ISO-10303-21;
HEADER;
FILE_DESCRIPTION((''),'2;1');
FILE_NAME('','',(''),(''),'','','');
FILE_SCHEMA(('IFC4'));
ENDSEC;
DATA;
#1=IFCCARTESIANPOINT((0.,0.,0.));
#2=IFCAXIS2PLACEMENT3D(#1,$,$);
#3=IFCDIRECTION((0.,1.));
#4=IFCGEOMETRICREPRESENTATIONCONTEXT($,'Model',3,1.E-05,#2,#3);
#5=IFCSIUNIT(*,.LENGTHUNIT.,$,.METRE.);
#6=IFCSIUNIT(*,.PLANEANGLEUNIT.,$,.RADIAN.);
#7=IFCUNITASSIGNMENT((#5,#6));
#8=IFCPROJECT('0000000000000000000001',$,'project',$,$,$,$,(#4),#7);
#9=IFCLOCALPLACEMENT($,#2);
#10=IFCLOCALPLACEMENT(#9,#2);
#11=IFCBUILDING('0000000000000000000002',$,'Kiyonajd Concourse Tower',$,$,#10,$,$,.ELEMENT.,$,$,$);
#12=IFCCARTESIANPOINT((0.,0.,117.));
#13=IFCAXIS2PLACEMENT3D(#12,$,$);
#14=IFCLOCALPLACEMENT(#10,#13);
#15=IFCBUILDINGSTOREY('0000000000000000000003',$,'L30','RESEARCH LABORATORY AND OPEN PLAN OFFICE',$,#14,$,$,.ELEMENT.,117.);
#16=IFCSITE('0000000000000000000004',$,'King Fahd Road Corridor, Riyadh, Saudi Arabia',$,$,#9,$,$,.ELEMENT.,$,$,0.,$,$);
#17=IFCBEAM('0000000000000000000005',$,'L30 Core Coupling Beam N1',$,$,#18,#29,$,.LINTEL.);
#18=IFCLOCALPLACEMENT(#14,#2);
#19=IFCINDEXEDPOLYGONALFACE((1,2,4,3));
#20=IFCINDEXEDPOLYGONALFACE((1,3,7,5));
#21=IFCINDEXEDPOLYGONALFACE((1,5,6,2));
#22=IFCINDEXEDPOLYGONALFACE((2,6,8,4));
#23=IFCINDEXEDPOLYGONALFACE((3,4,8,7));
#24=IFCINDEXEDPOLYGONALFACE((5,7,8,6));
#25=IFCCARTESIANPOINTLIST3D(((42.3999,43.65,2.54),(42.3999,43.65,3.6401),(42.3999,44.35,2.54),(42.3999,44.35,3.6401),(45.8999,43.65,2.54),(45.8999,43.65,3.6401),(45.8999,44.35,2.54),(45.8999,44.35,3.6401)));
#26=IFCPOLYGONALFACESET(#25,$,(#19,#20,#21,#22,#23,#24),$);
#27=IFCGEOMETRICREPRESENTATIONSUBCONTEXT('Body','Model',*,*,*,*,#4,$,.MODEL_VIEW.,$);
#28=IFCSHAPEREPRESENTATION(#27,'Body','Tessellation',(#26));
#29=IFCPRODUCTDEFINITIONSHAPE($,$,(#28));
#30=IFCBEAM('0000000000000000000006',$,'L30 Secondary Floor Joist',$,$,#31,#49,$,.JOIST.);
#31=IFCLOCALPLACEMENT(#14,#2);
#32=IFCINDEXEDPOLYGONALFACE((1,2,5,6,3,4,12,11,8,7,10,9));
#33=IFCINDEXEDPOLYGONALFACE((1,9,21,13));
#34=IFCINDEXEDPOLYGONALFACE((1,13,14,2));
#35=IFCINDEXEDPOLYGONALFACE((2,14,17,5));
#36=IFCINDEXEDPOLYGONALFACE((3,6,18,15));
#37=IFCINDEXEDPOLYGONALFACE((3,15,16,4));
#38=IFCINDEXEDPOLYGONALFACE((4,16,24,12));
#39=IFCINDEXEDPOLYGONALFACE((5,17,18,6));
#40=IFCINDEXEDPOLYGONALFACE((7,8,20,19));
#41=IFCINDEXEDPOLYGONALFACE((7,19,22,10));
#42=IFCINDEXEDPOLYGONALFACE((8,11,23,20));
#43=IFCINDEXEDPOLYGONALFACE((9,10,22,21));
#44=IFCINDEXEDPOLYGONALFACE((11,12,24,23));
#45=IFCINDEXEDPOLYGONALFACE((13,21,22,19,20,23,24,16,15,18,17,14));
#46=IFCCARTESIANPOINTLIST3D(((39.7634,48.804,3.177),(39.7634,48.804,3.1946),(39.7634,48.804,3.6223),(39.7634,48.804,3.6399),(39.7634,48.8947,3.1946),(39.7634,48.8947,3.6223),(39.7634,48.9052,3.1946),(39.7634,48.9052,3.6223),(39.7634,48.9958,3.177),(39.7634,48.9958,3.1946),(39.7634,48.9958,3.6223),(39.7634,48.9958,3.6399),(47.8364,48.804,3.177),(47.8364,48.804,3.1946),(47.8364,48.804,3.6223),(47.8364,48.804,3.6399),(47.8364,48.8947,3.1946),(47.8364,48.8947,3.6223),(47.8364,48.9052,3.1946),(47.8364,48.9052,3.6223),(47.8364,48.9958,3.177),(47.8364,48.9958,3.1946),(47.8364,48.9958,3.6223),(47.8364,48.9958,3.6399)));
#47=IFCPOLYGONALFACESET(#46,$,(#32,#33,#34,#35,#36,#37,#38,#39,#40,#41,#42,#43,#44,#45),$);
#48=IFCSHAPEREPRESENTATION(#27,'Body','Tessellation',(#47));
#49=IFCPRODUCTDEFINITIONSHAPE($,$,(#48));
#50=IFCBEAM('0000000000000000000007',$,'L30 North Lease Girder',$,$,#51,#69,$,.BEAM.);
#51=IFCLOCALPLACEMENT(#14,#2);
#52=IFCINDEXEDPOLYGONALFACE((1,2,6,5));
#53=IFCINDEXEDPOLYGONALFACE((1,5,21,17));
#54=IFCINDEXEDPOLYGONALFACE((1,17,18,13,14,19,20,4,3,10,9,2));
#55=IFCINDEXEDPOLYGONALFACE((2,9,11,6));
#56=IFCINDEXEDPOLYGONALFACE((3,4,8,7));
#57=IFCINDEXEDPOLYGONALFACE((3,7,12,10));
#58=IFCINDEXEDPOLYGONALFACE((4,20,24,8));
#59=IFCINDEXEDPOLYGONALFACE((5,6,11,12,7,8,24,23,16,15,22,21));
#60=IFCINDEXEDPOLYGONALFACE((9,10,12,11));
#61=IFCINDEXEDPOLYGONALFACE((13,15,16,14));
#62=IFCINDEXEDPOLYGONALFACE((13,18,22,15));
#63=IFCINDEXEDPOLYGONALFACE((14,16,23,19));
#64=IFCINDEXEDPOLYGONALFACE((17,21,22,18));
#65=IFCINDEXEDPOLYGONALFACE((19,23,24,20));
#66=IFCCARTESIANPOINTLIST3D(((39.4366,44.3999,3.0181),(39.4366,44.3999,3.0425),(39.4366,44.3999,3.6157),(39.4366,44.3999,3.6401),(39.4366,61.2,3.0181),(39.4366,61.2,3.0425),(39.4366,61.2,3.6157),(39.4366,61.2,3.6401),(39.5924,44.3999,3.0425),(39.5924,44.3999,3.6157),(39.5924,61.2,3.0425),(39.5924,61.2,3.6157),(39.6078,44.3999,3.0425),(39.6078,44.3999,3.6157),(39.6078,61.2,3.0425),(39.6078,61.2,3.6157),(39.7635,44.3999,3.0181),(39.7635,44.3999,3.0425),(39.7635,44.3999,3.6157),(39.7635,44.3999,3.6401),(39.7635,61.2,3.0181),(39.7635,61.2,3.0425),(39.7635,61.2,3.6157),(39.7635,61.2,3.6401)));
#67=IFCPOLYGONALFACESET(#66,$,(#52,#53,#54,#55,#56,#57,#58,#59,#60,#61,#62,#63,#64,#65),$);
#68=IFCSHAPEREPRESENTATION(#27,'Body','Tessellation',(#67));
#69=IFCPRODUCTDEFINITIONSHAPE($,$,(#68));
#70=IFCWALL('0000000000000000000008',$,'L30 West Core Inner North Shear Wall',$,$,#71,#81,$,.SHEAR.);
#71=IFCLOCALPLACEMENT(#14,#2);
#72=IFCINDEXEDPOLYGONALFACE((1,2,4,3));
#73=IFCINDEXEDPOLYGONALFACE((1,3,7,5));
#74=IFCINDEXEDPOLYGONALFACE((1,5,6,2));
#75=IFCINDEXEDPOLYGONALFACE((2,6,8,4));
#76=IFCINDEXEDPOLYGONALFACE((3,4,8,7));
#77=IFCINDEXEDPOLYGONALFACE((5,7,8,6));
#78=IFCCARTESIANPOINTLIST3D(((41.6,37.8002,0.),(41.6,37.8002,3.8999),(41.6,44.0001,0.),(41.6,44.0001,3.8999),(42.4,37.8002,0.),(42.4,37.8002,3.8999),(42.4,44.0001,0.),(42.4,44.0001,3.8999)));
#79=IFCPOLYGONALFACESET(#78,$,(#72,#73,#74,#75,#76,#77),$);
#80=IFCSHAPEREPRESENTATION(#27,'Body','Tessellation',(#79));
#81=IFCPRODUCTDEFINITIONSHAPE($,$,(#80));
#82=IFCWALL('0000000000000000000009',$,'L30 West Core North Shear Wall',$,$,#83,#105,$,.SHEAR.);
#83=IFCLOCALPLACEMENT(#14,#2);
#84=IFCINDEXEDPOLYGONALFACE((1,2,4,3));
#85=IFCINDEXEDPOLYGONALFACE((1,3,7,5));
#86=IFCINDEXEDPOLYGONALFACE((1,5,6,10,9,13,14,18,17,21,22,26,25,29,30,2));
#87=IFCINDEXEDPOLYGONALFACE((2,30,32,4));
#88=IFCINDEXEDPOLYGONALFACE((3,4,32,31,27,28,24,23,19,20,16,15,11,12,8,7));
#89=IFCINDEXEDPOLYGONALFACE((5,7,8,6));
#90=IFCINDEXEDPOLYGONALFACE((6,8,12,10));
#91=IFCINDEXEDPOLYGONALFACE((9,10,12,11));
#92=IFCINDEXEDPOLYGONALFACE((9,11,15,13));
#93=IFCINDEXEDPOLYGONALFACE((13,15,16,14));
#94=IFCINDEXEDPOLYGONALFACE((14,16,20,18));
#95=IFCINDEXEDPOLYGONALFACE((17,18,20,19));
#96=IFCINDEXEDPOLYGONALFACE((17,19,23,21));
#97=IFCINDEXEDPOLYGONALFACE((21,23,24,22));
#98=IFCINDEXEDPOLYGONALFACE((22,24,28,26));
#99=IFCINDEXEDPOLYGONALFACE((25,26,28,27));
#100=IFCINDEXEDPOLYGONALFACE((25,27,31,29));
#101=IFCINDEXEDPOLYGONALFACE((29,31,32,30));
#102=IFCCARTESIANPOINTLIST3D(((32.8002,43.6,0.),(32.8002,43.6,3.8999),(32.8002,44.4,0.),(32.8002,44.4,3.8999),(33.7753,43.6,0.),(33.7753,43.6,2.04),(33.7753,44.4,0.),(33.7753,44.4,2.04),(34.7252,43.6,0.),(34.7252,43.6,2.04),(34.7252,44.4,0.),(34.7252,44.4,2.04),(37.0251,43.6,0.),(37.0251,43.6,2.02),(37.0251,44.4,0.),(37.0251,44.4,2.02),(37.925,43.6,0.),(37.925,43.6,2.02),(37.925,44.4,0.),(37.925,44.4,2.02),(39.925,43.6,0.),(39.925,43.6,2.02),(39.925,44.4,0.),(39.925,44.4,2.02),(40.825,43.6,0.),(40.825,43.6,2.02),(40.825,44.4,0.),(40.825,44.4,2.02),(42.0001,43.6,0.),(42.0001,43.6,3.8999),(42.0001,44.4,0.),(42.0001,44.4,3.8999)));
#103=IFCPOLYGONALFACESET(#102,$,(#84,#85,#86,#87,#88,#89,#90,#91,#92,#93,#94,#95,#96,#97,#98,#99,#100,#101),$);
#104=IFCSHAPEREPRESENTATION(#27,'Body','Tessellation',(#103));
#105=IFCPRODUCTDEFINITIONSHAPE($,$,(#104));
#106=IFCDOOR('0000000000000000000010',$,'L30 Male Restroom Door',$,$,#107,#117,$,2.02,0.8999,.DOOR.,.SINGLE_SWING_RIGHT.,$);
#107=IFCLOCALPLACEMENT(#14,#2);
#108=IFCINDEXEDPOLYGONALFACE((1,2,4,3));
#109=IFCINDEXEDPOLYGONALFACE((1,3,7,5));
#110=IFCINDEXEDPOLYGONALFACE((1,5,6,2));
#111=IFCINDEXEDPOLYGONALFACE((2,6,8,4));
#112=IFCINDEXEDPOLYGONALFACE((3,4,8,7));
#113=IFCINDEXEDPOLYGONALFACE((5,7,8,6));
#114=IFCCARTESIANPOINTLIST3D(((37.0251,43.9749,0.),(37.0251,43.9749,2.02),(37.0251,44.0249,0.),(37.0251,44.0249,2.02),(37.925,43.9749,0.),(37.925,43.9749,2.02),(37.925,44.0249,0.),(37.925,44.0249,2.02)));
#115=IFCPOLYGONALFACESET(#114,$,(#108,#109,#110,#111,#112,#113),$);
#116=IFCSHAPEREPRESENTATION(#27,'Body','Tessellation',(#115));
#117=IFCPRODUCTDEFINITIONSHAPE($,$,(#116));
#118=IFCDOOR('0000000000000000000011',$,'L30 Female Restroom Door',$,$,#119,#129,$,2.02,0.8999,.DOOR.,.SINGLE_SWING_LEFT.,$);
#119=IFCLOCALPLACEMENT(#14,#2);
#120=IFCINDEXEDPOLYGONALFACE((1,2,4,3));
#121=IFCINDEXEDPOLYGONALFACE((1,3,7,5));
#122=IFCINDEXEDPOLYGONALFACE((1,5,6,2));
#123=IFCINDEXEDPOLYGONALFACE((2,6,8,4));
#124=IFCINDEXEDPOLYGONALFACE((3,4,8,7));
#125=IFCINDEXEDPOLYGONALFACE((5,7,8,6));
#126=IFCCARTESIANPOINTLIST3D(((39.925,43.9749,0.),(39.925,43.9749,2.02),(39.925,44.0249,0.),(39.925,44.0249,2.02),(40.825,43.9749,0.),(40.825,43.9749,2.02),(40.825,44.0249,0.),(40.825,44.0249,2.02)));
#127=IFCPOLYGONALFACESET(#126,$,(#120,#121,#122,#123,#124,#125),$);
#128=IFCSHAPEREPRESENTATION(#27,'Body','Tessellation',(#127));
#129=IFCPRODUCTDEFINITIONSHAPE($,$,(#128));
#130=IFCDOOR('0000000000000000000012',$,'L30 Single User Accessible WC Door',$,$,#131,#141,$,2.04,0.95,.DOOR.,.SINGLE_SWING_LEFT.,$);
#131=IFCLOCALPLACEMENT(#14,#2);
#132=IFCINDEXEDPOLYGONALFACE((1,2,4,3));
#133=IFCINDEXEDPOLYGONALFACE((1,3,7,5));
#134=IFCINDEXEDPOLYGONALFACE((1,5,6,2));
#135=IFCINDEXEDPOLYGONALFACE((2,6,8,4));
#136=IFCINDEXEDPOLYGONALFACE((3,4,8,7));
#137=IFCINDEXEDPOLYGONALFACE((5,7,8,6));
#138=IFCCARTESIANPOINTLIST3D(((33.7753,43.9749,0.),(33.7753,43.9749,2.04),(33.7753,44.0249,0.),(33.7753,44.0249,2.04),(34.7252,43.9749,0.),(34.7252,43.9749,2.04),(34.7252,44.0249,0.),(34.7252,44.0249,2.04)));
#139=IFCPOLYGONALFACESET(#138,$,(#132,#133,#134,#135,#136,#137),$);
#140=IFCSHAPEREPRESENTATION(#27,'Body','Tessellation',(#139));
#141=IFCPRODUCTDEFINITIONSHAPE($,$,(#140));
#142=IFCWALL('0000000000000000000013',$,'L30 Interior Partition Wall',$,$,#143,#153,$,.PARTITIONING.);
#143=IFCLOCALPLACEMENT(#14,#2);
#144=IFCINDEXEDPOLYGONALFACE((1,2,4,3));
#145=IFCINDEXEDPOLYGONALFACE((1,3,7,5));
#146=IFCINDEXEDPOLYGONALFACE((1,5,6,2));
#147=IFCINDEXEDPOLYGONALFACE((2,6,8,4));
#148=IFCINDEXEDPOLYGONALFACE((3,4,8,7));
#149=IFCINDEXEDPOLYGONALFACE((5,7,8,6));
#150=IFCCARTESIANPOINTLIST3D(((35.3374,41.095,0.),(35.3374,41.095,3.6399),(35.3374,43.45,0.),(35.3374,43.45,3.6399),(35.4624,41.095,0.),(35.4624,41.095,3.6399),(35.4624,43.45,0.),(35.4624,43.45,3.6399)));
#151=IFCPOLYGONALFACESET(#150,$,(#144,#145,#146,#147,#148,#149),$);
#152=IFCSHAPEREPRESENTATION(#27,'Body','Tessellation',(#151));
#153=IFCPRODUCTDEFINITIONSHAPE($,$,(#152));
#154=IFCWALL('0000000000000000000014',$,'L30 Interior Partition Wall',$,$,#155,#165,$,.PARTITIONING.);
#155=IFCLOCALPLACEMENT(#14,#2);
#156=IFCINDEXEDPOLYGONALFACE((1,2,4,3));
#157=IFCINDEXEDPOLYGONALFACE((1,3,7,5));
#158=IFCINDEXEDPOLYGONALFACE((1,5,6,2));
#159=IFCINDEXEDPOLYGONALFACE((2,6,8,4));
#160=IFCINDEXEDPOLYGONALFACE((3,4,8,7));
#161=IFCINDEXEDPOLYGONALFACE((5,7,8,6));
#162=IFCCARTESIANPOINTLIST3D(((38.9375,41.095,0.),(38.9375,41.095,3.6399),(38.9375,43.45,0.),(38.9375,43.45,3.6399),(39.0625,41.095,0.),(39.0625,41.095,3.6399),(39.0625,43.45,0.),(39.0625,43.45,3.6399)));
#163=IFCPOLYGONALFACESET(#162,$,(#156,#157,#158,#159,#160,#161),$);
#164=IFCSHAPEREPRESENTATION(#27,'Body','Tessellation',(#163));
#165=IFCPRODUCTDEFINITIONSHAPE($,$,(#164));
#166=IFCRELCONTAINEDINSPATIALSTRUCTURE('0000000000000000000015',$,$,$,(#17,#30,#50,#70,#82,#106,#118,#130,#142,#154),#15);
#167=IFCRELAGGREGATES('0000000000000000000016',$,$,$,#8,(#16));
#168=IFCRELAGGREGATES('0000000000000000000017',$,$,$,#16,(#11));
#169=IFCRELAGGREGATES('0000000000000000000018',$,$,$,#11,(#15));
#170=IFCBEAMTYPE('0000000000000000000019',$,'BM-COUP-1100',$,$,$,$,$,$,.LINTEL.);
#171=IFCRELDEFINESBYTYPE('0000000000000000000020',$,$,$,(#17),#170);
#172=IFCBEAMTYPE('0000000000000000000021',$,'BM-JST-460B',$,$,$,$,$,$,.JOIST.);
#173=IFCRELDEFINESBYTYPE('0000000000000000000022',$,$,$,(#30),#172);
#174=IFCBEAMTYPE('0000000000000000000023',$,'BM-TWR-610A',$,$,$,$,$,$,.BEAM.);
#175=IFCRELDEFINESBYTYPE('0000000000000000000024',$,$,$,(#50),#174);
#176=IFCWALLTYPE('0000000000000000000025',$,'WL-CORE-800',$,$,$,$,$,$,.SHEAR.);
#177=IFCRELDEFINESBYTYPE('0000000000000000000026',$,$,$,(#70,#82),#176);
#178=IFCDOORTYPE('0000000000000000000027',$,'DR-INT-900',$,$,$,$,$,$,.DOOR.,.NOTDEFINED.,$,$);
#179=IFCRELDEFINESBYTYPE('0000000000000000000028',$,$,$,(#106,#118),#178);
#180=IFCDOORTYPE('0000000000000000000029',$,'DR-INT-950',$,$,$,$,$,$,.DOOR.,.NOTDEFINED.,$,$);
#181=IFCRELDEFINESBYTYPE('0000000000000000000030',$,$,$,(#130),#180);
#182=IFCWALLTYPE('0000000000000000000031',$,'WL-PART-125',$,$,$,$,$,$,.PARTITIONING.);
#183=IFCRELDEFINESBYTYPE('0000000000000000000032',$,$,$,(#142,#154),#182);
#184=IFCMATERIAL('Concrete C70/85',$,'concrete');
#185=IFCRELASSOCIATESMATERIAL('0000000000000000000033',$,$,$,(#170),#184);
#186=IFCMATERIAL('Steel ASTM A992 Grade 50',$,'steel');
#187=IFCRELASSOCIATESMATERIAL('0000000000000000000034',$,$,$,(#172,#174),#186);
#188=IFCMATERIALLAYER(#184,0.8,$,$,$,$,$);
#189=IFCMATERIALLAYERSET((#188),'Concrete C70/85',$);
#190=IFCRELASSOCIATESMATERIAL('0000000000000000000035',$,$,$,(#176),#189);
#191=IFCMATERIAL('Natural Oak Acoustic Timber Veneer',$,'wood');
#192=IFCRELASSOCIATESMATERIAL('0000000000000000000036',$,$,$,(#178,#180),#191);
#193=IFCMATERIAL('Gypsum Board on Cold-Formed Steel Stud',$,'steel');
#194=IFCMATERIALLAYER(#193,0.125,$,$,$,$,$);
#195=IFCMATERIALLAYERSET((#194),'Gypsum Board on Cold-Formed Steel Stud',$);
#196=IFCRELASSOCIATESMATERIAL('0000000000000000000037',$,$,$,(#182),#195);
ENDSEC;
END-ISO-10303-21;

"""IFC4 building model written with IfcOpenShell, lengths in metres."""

from ifc_helpers import new_model, si_unit, direction, frame, frame_2d, origin, origin_2d, place, context, subcontext, project, spatial, rectangle, i_section, extrude, material, layer, layer_set, material_profile, profile_set, type_object, element, fill, save


model = new_model("IFC4")

# Units and contexts
model_context = context("Model", 3, precision=1e-05, world=origin(), true_north=direction((0.0, 1.0)))
body_context = subcontext(model_context, "Body", "Model", "MODEL_VIEW")
ifc_project = project(units=[si_unit("LENGTHUNIT", "METRE"), si_unit("PLANEANGLEUNIT", "RADIAN")], contexts=[model_context])

# Site, building, storey
site_placement = place(None, origin())
site = spatial("IfcSite", under=ifc_project, at=site_placement, Name="King Fahd Road Corridor, Riyadh, Saudi Arabia", CompositionType="ELEMENT", RefElevation=0.0)
building_placement = place(site_placement, origin())
building = spatial("IfcBuilding", under=site, at=building_placement, Name="Kiyonajd Concourse Tower", CompositionType="ELEMENT")
storey_placement = place(building_placement, frame((0.0, 0.0, 117.0)))
storey = spatial("IfcBuildingStorey", under=building, at=storey_placement, Name="L30", Description="RESEARCH LABORATORY AND OPEN PLAN OFFICE", CompositionType="ELEMENT", Elevation=117.0)

# Beams
ifc_material_1 = material(Name="Concrete C70/85", Category="concrete")
ifc_material_profile_1 = material_profile(ifc_material_1, rectangle(XDim=0.7, YDim=1.1001, at=origin_2d()), Name="RCBM-700x1100")
ifc_profile_set_1 = profile_set([ifc_material_profile_1], Name="Concrete C70/85")
beam_type_1 = type_object("IfcBeamType", Name="BM-COUP-1100", PredefinedType="LINTEL", material=ifc_profile_set_1)
beam_1_placement = place(storey_placement, frame((42.3999, 44.0, 3.0901), z_axis=(1.0, 0.0, 0.0), x_axis=(0.0, 1.0, 0.0)))
element("IfcBeam", 1, at=beam_1_placement, inside=storey, type_object=beam_type_1, Name="L30 Core Coupling Beam N1", PredefinedType="LINTEL", context=body_context, shape_type="SweptSolid", body=[
    extrude(rectangle(XDim=0.7, YDim=1.1001, at=origin_2d()), origin(), (0.0, 0.0, 1.0), 3.5),
])
ifc_material_2 = material(Name="Steel ASTM A992 Grade 50", Category="steel")
ifc_material_profile_2 = material_profile(ifc_material_2, i_section(OverallWidth=0.1919, OverallDepth=0.4629, WebThickness=0.0105, FlangeThickness=0.0176, at=origin_2d()), Name="W460X89")
ifc_profile_set_2 = profile_set([ifc_material_profile_2], Name="Steel ASTM A992 Grade 50")
beam_type_2 = type_object("IfcBeamType", Name="BM-JST-460B", PredefinedType="JOIST", material=ifc_profile_set_2)
beam_2_placement = place(storey_placement, frame((39.7634, 48.8999, 3.4084), z_axis=(1.0, 0.0, 0.0), x_axis=(0.0, 1.0, 0.0)))
element("IfcBeam", 2, at=beam_2_placement, inside=storey, type_object=beam_type_2, Name="L30 Secondary Floor Joist", PredefinedType="JOIST", context=body_context, shape_type="SweptSolid", body=[
    extrude(i_section(OverallWidth=0.1919, OverallDepth=0.4629, WebThickness=0.0105, FlangeThickness=0.0176, at=origin_2d()), origin(), (0.0, 0.0, 1.0), 8.073),
])
ifc_material_profile_3 = material_profile(ifc_material_2, i_section(OverallWidth=0.3269, OverallDepth=0.6221, WebThickness=0.0154, FlangeThickness=0.0244, at=origin_2d()), Name="W610X195")
ifc_profile_set_3 = profile_set([ifc_material_profile_3], Name="Steel ASTM A992 Grade 50")
beam_type_3 = type_object("IfcBeamType", Name="BM-TWR-610A", PredefinedType="BEAM", material=ifc_profile_set_3)
beam_3_placement = place(storey_placement, frame((39.6001, 44.3999, 3.3291), z_axis=(0.0, 1.0, 0.0), x_axis=(-1.0, 0.0, 0.0)))
element("IfcBeam", 3, at=beam_3_placement, inside=storey, type_object=beam_type_3, Name="L30 North Lease Girder", PredefinedType="BEAM", context=body_context, shape_type="SweptSolid", body=[
    extrude(i_section(OverallWidth=0.3269, OverallDepth=0.6221, WebThickness=0.0154, FlangeThickness=0.0244, at=origin_2d()), origin(), (0.0, 0.0, 1.0), 16.8),
])

# Wall
ifc_layer_1 = layer(ifc_material_1, 0.8)
ifc_layer_set_1 = layer_set([ifc_layer_1], Name="Concrete C70/85")
wall_type_1 = type_object("IfcWallType", Name="WL-CORE-800", PredefinedType="SHEAR", material=ifc_layer_set_1)
wall_1_placement = place(storey_placement, frame((42.0, 37.8, 0.0), z_axis=(0.0, 0.0, 1.0), x_axis=(0.0, 1.0, 0.0)))
element("IfcWall", 4, at=wall_1_placement, inside=storey, type_object=wall_type_1, Name="L30 West Core Inner North Shear Wall", PredefinedType="SHEAR", context=body_context, shape_type="SweptSolid", body=[
    extrude(rectangle(XDim=6.2, YDim=0.8, at=frame_2d((3.1001, 0.0))), origin(), (0.0, 0.0, 1.0), 3.8999),
])

# Wall, openings, doors
wall_2_placement = place(storey_placement, frame((32.8, 44.0, 0.0), z_axis=(0.0, 0.0, 1.0), x_axis=(1.0, 0.0, 0.0)))
wall_2 = element("IfcWall", 5, at=wall_2_placement, inside=storey, type_object=wall_type_1, Name="L30 West Core North Shear Wall", PredefinedType="SHEAR", context=body_context, shape_type="SweptSolid", body=[
    extrude(rectangle(XDim=9.2, YDim=0.8, at=frame_2d((4.6001, 0.0))), origin(), (0.0, 0.0, 1.0), 3.8999),
])
opening_1_placement = place(wall_2_placement, frame((0.9751, 0.0, 0.0)))
opening_1 = element("IfcOpeningElement", 6, at=opening_1_placement, cuts=wall_2, PredefinedType="OPENING", context=body_context, shape_type="SweptSolid", body=[
    extrude(rectangle(XDim=0.95, YDim=2.04, at=frame_2d((0.4751, 1.02))), frame((0.0, 0.4099, 0.0), z_axis=(0.0, -1.0, 0.0), x_axis=(1.0, 0.0, 0.0)), (0.0, 0.0, 1.0), 0.8201),
])
opening_2_placement = place(wall_2_placement, frame((4.2251, 0.0, 0.0)))
opening_2 = element("IfcOpeningElement", 7, at=opening_2_placement, cuts=wall_2, PredefinedType="OPENING", context=body_context, shape_type="SweptSolid", body=[
    extrude(rectangle(XDim=0.8999, YDim=2.02, at=frame_2d((0.45, 1.01))), frame((0.0, 0.4099, 0.0), z_axis=(0.0, -1.0, 0.0), x_axis=(1.0, 0.0, 0.0)), (0.0, 0.0, 1.0), 0.8201),
])
opening_3_placement = place(wall_2_placement, frame((7.125, 0.0, 0.0)))
opening_3 = element("IfcOpeningElement", 8, at=opening_3_placement, cuts=wall_2, PredefinedType="OPENING", context=body_context, shape_type="SweptSolid", body=[
    extrude(rectangle(XDim=0.8999, YDim=2.02, at=frame_2d((0.45, 1.01))), frame((0.0, 0.4099, 0.0), z_axis=(0.0, -1.0, 0.0), x_axis=(1.0, 0.0, 0.0)), (0.0, 0.0, 1.0), 0.8201),
])
ifc_material_3 = material(Name="Natural Oak Acoustic Timber Veneer", Category="wood")
door_type_1 = type_object("IfcDoorType", Name="DR-INT-900", OperationType="NOTDEFINED", PredefinedType="DOOR", material=ifc_material_3)
door_1_placement = place(opening_2_placement, origin())
door_1 = element("IfcDoor", 9, at=door_1_placement, inside=storey, type_object=door_type_1, Name="L30 Male Restroom Door", OperationType="SINGLE_SWING_RIGHT", OverallHeight=2.02, OverallWidth=0.8999, PredefinedType="DOOR", context=body_context, shape_type="SweptSolid", body=[
    extrude(rectangle(XDim=0.8999, YDim=2.02, at=frame_2d((0.45, 1.01))), frame((0.0, 0.0249, 0.0), z_axis=(0.0, -1.0, 0.0), x_axis=(1.0, 0.0, 0.0)), (0.0, 0.0, 1.0), 0.05),
])
fill(opening_2, door_1)
door_2_placement = place(opening_3_placement, origin())
door_2 = element("IfcDoor", 10, at=door_2_placement, inside=storey, type_object=door_type_1, Name="L30 Female Restroom Door", OperationType="SINGLE_SWING_LEFT", OverallHeight=2.02, OverallWidth=0.8999, PredefinedType="DOOR", context=body_context, shape_type="SweptSolid", body=[
    extrude(rectangle(XDim=0.8999, YDim=2.02, at=frame_2d((0.45, 1.01))), frame((0.0, 0.0249, 0.0), z_axis=(0.0, -1.0, 0.0), x_axis=(1.0, 0.0, 0.0)), (0.0, 0.0, 1.0), 0.05),
])
fill(opening_3, door_2)
door_type_2 = type_object("IfcDoorType", Name="DR-INT-950", OperationType="NOTDEFINED", PredefinedType="DOOR", material=ifc_material_3)
door_3_placement = place(opening_1_placement, origin())
door_3 = element("IfcDoor", 11, at=door_3_placement, inside=storey, type_object=door_type_2, Name="L30 Single User Accessible WC Door", OperationType="SINGLE_SWING_LEFT", OverallHeight=2.04, OverallWidth=0.95, PredefinedType="DOOR", context=body_context, shape_type="SweptSolid", body=[
    extrude(rectangle(XDim=0.95, YDim=2.04, at=frame_2d((0.4751, 1.02))), frame((0.0, 0.0249, 0.0), z_axis=(0.0, -1.0, 0.0), x_axis=(1.0, 0.0, 0.0)), (0.0, 0.0, 1.0), 0.05),
])
fill(opening_1, door_3)

# Walls
ifc_material_4 = material(Name="Gypsum Board on Cold-Formed Steel Stud", Category="steel")
ifc_layer_2 = layer(ifc_material_4, 0.125)
ifc_layer_set_2 = layer_set([ifc_layer_2], Name="Gypsum Board on Cold-Formed Steel Stud")
wall_type_2 = type_object("IfcWallType", Name="WL-PART-125", PredefinedType="PARTITIONING", material=ifc_layer_set_2)
for number, where, z_axis, x_axis, name in (
    (12, (35.3999, 41.095, 0.0), (0.0, 0.0, 1.0), (0.0, 1.0, 0.0), "L30 Interior Partition Wall"),
    (13, (39.0, 41.095, 0.0), (0.0, 0.0, 1.0), (0.0, 1.0, 0.0), "L30 Interior Partition Wall"),
):
    element("IfcWall", number, at=place(storey_placement, frame(where, z_axis=z_axis, x_axis=x_axis)), inside=storey, type_object=wall_type_2, Name=name, PredefinedType="PARTITIONING", context=body_context, shape_type="SweptSolid", body=[
        extrude(rectangle(XDim=2.355, YDim=0.125, at=frame_2d((1.1775, 0.0))), origin(), (0.0, 0.0, 1.0), 3.6399),
    ])

save(model, "model.ifc")
